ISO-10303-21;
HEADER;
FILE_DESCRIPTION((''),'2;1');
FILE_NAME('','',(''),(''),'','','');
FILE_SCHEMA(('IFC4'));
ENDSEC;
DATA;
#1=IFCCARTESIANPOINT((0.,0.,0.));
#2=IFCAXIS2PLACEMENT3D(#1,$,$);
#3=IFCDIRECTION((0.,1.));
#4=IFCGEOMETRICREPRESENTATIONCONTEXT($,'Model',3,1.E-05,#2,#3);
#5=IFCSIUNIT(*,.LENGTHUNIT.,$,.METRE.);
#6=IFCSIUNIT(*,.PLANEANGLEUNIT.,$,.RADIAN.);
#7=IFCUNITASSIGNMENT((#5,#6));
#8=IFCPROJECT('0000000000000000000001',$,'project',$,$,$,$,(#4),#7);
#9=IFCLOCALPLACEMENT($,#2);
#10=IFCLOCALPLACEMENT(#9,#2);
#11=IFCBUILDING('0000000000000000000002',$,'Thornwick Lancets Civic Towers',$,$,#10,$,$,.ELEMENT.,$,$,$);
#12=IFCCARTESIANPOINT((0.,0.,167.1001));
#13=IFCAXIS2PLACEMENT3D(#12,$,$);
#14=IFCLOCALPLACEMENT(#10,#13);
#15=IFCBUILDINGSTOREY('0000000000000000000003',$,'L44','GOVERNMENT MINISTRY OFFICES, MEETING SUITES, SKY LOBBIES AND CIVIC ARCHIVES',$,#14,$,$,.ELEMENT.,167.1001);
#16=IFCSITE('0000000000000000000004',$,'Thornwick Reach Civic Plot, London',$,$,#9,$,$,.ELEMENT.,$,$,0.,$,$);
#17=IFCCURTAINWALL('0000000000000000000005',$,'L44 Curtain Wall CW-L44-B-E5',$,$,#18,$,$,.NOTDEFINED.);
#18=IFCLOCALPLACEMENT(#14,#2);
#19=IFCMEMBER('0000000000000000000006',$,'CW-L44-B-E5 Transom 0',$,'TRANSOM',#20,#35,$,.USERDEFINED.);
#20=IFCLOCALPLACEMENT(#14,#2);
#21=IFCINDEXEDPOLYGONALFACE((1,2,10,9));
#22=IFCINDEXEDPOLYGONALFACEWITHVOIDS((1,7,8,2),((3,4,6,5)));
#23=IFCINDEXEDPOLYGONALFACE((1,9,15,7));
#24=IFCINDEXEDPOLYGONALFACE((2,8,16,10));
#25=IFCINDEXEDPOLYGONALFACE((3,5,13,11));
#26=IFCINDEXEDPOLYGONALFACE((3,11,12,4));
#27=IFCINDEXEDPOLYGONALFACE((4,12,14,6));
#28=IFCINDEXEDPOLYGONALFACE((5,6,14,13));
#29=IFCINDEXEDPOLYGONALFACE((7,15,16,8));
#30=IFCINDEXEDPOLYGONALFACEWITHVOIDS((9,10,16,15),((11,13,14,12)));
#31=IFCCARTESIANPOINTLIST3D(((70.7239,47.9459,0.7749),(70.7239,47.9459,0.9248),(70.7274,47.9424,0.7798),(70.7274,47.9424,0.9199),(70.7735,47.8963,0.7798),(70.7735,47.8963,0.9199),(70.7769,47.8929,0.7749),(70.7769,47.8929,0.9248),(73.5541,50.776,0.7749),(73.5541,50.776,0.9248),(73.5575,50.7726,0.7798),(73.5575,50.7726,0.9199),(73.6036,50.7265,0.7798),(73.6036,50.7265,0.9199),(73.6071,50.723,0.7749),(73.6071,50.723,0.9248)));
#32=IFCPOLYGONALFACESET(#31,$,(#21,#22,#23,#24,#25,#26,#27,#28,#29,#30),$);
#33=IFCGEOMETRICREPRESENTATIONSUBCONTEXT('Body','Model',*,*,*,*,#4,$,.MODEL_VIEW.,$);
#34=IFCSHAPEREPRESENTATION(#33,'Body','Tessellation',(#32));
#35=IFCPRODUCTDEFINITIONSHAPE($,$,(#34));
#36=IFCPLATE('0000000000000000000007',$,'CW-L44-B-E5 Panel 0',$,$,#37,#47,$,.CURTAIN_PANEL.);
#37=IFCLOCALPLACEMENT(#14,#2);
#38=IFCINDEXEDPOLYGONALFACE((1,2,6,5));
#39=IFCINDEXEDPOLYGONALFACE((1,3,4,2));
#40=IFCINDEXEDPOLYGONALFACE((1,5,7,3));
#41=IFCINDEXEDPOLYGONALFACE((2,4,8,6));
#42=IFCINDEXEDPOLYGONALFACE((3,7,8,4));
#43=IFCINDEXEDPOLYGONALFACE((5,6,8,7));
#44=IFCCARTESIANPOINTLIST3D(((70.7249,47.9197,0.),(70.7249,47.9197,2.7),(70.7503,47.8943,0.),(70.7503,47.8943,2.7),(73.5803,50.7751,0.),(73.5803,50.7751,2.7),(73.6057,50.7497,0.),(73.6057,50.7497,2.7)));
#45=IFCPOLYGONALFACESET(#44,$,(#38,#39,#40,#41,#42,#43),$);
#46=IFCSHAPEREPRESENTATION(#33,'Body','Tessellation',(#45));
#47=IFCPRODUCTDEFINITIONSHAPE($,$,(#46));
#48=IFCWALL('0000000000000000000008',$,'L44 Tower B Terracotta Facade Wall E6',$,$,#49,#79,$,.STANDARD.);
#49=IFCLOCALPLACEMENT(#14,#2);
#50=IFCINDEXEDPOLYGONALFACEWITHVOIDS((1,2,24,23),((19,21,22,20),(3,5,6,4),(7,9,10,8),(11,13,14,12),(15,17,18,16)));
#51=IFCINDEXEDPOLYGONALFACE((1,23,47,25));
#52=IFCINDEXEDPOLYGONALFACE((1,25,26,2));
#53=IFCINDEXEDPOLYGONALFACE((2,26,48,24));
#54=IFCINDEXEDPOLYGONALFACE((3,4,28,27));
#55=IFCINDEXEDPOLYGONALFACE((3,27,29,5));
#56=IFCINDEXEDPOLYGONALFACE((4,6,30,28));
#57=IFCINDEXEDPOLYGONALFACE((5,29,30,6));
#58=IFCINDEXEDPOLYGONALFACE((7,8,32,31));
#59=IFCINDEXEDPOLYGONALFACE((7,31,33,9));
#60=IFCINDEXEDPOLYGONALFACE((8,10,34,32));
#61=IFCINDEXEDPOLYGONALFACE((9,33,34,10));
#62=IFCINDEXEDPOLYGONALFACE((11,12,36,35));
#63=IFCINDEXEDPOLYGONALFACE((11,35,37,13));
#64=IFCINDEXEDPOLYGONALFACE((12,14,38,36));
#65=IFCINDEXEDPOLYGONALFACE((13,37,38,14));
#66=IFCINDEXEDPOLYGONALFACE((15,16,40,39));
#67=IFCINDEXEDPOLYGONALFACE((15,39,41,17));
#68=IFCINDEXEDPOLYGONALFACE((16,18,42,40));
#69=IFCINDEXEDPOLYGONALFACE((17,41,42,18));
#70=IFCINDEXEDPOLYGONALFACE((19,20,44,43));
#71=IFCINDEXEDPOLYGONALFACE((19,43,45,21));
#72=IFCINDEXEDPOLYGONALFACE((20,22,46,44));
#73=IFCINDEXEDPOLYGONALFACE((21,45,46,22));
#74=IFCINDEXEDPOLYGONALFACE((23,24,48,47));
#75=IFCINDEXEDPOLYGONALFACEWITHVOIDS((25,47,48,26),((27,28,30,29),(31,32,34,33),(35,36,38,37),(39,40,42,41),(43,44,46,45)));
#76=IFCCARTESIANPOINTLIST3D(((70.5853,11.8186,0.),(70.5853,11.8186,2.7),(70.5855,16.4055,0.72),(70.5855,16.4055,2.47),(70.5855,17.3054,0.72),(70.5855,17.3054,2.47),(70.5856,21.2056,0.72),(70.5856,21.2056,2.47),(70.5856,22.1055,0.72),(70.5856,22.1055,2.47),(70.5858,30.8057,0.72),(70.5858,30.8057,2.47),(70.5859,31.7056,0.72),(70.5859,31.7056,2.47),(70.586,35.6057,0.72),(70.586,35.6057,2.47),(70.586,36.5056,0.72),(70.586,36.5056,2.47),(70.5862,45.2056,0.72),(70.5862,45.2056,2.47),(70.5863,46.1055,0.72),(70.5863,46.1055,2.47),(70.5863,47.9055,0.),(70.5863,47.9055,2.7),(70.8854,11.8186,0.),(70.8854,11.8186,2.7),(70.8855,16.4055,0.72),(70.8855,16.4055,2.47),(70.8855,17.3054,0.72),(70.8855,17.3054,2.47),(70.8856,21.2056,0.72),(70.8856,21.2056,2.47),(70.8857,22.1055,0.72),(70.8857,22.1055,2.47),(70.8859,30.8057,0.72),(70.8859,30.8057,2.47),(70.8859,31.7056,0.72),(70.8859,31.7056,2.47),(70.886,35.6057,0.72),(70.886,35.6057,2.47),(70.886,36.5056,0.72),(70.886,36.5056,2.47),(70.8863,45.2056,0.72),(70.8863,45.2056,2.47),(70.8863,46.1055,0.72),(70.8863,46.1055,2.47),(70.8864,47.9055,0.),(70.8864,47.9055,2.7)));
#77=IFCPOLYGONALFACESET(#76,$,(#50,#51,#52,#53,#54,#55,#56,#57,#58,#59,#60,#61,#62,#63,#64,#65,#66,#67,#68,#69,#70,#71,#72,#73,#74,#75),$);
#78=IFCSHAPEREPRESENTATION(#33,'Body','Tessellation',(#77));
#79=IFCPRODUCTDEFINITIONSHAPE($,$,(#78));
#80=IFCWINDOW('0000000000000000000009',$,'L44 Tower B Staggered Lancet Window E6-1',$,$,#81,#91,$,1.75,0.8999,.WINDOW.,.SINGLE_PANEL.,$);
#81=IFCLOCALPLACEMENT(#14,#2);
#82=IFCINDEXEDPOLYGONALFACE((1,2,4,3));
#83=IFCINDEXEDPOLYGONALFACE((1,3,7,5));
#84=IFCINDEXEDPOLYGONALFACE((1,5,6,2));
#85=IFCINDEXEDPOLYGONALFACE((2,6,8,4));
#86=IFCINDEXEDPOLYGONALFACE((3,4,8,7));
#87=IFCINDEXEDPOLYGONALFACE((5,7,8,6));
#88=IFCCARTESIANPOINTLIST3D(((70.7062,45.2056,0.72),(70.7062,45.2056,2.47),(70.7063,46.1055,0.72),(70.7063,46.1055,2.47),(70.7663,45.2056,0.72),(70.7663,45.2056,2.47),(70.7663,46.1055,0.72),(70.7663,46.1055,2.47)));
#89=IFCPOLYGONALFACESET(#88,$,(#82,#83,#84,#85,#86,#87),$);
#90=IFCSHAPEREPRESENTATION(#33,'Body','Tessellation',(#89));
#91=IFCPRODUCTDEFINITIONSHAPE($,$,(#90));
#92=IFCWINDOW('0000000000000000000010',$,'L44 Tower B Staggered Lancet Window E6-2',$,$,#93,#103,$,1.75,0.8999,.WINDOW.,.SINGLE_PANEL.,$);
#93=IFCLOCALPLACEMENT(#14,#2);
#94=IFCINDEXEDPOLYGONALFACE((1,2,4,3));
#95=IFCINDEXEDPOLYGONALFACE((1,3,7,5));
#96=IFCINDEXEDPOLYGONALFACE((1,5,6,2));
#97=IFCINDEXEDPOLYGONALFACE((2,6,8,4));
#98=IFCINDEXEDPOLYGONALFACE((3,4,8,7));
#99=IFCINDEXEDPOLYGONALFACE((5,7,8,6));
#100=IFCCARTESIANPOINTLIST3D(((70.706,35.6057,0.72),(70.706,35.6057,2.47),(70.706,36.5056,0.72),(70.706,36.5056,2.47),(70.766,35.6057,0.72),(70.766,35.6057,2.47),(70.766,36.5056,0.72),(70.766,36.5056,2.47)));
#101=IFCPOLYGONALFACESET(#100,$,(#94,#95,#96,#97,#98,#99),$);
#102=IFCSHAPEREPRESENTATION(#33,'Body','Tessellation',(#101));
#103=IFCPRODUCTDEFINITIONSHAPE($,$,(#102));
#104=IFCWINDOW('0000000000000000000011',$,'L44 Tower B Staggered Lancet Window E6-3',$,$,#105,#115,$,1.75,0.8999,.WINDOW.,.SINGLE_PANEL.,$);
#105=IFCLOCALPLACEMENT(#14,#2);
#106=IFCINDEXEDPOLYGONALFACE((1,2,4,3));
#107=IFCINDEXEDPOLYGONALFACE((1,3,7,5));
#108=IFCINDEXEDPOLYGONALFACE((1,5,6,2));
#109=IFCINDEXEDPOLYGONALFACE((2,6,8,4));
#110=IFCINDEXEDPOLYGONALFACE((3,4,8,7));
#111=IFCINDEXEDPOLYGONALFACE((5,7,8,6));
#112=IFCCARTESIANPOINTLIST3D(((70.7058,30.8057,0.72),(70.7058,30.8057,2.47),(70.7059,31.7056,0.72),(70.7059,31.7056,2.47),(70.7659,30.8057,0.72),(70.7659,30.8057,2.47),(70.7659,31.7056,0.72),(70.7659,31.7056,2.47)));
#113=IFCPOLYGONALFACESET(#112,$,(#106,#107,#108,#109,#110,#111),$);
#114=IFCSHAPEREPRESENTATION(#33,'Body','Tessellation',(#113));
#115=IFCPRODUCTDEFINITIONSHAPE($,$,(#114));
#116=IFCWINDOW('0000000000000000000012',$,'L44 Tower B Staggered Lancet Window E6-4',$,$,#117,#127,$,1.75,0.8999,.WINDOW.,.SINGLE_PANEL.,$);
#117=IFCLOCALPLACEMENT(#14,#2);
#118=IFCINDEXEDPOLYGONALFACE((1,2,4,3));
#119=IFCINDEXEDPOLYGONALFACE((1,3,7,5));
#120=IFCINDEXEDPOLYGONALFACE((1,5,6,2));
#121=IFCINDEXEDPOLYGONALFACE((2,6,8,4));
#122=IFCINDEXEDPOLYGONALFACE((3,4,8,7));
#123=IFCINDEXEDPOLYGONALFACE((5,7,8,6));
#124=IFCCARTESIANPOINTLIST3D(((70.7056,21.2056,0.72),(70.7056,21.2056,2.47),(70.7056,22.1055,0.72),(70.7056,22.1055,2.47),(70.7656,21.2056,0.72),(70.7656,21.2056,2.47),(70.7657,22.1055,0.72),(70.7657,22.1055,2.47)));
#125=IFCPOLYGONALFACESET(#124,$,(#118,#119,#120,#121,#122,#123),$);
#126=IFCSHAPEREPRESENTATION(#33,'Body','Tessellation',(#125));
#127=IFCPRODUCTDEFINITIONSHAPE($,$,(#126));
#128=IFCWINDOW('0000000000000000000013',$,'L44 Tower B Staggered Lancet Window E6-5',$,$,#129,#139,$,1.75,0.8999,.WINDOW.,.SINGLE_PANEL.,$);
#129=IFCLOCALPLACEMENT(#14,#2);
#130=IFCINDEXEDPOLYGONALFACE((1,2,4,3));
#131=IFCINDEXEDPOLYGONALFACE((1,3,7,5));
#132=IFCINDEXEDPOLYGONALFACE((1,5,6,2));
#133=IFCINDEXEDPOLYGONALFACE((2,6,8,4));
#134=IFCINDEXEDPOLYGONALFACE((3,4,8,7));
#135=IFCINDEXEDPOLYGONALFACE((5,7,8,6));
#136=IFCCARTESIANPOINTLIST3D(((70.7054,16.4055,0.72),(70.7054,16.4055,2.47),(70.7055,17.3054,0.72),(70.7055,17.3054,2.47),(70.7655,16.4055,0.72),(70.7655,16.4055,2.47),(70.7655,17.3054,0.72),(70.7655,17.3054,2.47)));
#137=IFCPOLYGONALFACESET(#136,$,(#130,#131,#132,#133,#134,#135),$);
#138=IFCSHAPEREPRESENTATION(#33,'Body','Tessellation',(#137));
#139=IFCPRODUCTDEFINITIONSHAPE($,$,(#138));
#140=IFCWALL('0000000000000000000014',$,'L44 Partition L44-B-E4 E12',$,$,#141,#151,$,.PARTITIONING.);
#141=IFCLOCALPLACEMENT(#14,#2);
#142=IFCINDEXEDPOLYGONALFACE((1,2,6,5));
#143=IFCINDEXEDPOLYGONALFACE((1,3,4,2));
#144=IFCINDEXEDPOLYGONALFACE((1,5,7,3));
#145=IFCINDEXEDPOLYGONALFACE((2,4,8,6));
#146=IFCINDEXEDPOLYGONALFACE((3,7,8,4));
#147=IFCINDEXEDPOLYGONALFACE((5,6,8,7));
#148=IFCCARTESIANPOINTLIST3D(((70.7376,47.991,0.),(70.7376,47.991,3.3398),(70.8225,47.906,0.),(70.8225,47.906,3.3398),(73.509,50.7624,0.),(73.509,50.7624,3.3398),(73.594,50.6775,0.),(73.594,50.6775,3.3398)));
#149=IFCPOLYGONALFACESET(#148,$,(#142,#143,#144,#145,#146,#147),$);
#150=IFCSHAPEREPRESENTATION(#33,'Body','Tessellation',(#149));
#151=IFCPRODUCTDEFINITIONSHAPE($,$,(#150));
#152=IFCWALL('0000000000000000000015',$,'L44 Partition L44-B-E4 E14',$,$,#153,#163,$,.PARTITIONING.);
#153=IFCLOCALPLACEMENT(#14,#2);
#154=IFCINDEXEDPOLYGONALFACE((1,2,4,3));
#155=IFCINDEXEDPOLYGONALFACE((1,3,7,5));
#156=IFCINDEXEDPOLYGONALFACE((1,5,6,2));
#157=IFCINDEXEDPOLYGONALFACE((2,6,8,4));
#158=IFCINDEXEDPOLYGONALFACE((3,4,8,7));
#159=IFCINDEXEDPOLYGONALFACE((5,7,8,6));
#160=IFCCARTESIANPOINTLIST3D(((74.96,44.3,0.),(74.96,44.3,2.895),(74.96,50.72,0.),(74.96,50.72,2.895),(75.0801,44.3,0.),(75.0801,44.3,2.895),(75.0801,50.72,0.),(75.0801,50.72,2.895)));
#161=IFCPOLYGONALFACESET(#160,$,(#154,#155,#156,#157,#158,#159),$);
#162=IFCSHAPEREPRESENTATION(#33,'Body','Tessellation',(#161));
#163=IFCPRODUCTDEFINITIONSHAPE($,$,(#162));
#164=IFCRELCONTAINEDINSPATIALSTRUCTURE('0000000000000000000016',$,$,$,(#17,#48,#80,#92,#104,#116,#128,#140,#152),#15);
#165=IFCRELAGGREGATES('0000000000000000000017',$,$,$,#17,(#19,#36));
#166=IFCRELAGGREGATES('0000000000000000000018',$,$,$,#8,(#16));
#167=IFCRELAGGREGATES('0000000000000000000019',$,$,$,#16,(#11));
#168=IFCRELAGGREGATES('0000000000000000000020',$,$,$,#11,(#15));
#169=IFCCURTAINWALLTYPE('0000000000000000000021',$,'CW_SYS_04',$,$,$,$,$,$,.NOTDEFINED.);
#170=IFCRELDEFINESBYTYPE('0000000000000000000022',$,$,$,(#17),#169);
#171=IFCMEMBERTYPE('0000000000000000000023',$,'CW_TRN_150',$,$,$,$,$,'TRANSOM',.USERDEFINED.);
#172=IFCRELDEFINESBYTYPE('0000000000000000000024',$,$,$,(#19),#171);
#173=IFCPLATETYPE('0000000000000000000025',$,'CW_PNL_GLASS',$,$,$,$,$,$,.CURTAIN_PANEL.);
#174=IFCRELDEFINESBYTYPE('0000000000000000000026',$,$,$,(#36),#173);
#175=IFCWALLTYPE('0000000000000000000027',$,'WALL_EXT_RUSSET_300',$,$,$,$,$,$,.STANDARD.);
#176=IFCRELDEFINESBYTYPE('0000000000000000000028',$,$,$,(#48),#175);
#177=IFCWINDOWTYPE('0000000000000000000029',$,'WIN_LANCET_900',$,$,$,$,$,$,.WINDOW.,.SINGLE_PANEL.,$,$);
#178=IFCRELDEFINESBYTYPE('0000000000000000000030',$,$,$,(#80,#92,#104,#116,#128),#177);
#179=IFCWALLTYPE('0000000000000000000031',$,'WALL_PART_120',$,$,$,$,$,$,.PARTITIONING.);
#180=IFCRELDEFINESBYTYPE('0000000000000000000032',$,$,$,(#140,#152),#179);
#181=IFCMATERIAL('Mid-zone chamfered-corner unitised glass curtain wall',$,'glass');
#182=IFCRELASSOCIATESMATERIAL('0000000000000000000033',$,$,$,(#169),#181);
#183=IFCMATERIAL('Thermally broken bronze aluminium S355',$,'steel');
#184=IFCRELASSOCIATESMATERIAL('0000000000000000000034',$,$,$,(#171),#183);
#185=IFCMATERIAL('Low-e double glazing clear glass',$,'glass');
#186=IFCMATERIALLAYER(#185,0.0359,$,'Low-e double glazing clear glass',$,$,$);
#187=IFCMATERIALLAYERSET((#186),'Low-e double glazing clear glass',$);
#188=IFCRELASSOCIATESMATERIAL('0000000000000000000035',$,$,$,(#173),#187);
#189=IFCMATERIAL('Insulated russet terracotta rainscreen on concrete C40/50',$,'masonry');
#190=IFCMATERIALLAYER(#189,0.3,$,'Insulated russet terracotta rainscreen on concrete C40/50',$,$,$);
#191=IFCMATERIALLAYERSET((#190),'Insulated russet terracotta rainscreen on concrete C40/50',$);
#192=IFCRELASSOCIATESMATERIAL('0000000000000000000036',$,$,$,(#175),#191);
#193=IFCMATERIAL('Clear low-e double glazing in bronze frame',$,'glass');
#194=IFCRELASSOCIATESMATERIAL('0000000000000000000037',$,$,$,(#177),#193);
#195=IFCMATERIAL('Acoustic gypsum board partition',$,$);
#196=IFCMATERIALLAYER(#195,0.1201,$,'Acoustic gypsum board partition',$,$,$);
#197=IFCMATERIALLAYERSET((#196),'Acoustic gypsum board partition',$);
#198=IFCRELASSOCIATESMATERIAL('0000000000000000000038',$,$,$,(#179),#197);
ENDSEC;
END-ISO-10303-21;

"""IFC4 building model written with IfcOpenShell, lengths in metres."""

from ifc_helpers import new_model, si_unit, direction, frame, frame_2d, origin, origin_2d, place, context, subcontext, project, spatial, rectangle, hollow_rectangle, extrude, material, layer, layer_set, material_profile, profile_set, type_object, element, fill, aggregate, save


model = new_model("IFC4")

# Units and contexts
model_context = context("Model", 3, precision=1e-05, world=origin(), true_north=direction((0.0, 1.0)))
body_context = subcontext(model_context, "Body", "Model", "MODEL_VIEW")
ifc_project = project(units=[si_unit("LENGTHUNIT", "METRE"), si_unit("PLANEANGLEUNIT", "RADIAN")], contexts=[model_context])

# Site, building, storey
site_placement = place(None, origin())
site = spatial("IfcSite", under=ifc_project, at=site_placement, Name="Thornwick Reach Civic Plot, London", CompositionType="ELEMENT", RefElevation=0.0)
building_placement = place(site_placement, origin())
building = spatial("IfcBuilding", under=site, at=building_placement, Name="Thornwick Lancets Civic Towers", CompositionType="ELEMENT")
storey_placement = place(building_placement, frame((0.0, 0.0, 167.1001)))
storey = spatial("IfcBuildingStorey", under=building, at=storey_placement, Name="L44", Description="GOVERNMENT MINISTRY OFFICES, MEETING SUITES, SKY LOBBIES AND CIVIC ARCHIVES", CompositionType="ELEMENT", Elevation=167.1001)

# Curtain wall, member, plate
ifc_material_1 = material(Name="Mid-zone chamfered-corner unitised glass curtain wall", Category="glass")
curtain_wall_type = type_object("IfcCurtainWallType", Name="CW_SYS_04", PredefinedType="NOTDEFINED", material=ifc_material_1)
curtain_wall_placement = place(storey_placement, origin())
curtain_wall = element("IfcCurtainWall", 1, at=curtain_wall_placement, inside=storey, type_object=curtain_wall_type, Name="L44 Curtain Wall CW-L44-B-E5", PredefinedType="NOTDEFINED")
ifc_material_2 = material(Name="Thermally broken bronze aluminium S355", Category="steel")
ifc_material_profile_1 = material_profile(ifc_material_2, hollow_rectangle(XDim=0.075, YDim=0.1499, WallThickness=0.0049, at=origin_2d()), Name="RHS 150x75x5")
ifc_profile_set_1 = profile_set([ifc_material_profile_1], Name="Thermally broken bronze aluminium S355")
member_type_1 = type_object("IfcMemberType", Name="CW_TRN_150", ElementType="TRANSOM", PredefinedType="USERDEFINED", material=ifc_profile_set_1)
member_1_placement = place(storey_placement, frame((73.5806, 50.7495, 0.8499), z_axis=(-0.707107, -0.707107, 0.0), x_axis=(0.707107, -0.707107, 0.0)))
member_1 = element("IfcMember", 2, at=member_1_placement, type_object=member_type_1, Name="CW-L44-B-E5 Transom 0", ObjectType="TRANSOM", PredefinedType="USERDEFINED", context=body_context, shape_type="SweptSolid", body=[
    extrude(hollow_rectangle(XDim=0.075, YDim=0.1499, WallThickness=0.0049, at=origin_2d()), origin(), (0.0, 0.0, 1.0), 4.0024),
])
ifc_material_3 = material(Name="Low-e double glazing clear glass", Category="glass")
ifc_layer_1 = layer(ifc_material_3, 0.0359, Name="Low-e double glazing clear glass")
ifc_layer_set_1 = layer_set([ifc_layer_1], Name="Low-e double glazing clear glass")
plate_type = type_object("IfcPlateType", Name="CW_PNL_GLASS", PredefinedType="CURTAIN_PANEL", material=ifc_layer_set_1)
plate_placement = place(storey_placement, frame((72.1653, 49.3347, 0.0), z_axis=(0.0, 0.0, 1.0), x_axis=(-0.707107, -0.707107, 0.0)))
plate = element("IfcPlate", 3, at=plate_placement, type_object=plate_type, Name="CW-L44-B-E5 Panel 0", PredefinedType="CURTAIN_PANEL", context=body_context, shape_type="SweptSolid", body=[
    extrude(rectangle(XDim=4.0381, YDim=0.0359, at=origin_2d()), origin(), (0.0, 0.0, 1.0), 2.7),
])
aggregate(curtain_wall, [member_1, plate])

# Wall, openings, windows
ifc_material_4 = material(Name="Insulated russet terracotta rainscreen on concrete C40/50", Category="masonry")
ifc_layer_2 = layer(ifc_material_4, 0.3, Name="Insulated russet terracotta rainscreen on concrete C40/50")
ifc_layer_set_2 = layer_set([ifc_layer_2], Name="Insulated russet terracotta rainscreen on concrete C40/50")
wall_type_1 = type_object("IfcWallType", Name="WALL_EXT_RUSSET_300", PredefinedType="STANDARD", material=ifc_layer_set_2)
wall_1_placement = place(storey_placement, frame((70.7363, 47.9055, 0.0), z_axis=(0.0, 0.0, 1.0), x_axis=(-0.000027, -1.0, 0.0)))
wall_1 = element("IfcWall", 4, at=wall_1_placement, inside=storey, type_object=wall_type_1, Name="L44 Tower B Terracotta Facade Wall E6", PredefinedType="STANDARD", context=body_context, shape_type="SweptSolid", body=[
    extrude(rectangle(XDim=36.0869, YDim=0.3, at=frame_2d((18.0435, 0.0))), origin(), (0.0, 0.0, 1.0), 2.7),
])
opening_1_placement = place(wall_1_placement, frame((1.8, 0.0, 0.72)))
opening_1 = element("IfcOpeningElement", 5, at=opening_1_placement, cuts=wall_1, PredefinedType="OPENING", context=body_context, shape_type="SweptSolid", body=[
    extrude(rectangle(XDim=0.8999, YDim=1.75, at=frame_2d((0.45, 0.875))), frame((0.0, 0.1602, 0.0), z_axis=(0.0, -1.0, 0.0), x_axis=(1.0, 0.0, 0.0)), (0.0, 0.0, 1.0), 0.3201),
])
opening_2_placement = place(wall_1_placement, frame((11.3999, 0.0, 0.72)))
opening_2 = element("IfcOpeningElement", 6, at=opening_2_placement, cuts=wall_1, PredefinedType="OPENING", context=body_context, shape_type="SweptSolid", body=[
    extrude(rectangle(XDim=0.8999, YDim=1.75, at=frame_2d((0.45, 0.875))), frame((0.0, 0.1602, 0.0), z_axis=(0.0, -1.0, 0.0), x_axis=(1.0, 0.0, 0.0)), (0.0, 0.0, 1.0), 0.3201),
])
opening_3_placement = place(wall_1_placement, frame((16.2, 0.0, 0.72)))
opening_3 = element("IfcOpeningElement", 7, at=opening_3_placement, cuts=wall_1, PredefinedType="OPENING", context=body_context, shape_type="SweptSolid", body=[
    extrude(rectangle(XDim=0.8999, YDim=1.75, at=frame_2d((0.45, 0.875))), frame((0.0, 0.1602, 0.0), z_axis=(0.0, -1.0, 0.0), x_axis=(1.0, 0.0, 0.0)), (0.0, 0.0, 1.0), 0.3201),
])
opening_4_placement = place(wall_1_placement, frame((25.8, 0.0, 0.72)))
opening_4 = element("IfcOpeningElement", 8, at=opening_4_placement, cuts=wall_1, PredefinedType="OPENING", context=body_context, shape_type="SweptSolid", body=[
    extrude(rectangle(XDim=0.8999, YDim=1.75, at=frame_2d((0.45, 0.875))), frame((0.0, 0.1602, 0.0), z_axis=(0.0, -1.0, 0.0), x_axis=(1.0, 0.0, 0.0)), (0.0, 0.0, 1.0), 0.3201),
])
opening_5_placement = place(wall_1_placement, frame((30.6001, 0.0, 0.72)))
opening_5 = element("IfcOpeningElement", 9, at=opening_5_placement, cuts=wall_1, PredefinedType="OPENING", context=body_context, shape_type="SweptSolid", body=[
    extrude(rectangle(XDim=0.8999, YDim=1.75, at=frame_2d((0.45, 0.875))), frame((0.0, 0.1602, 0.0), z_axis=(0.0, -1.0, 0.0), x_axis=(1.0, 0.0, 0.0)), (0.0, 0.0, 1.0), 0.3201),
])
ifc_material_5 = material(Name="Clear low-e double glazing in bronze frame", Category="glass")
window_type = type_object("IfcWindowType", Name="WIN_LANCET_900", PartitioningType="SINGLE_PANEL", PredefinedType="WINDOW", material=ifc_material_5)
window_1_placement = place(opening_1_placement, origin())
window_1 = element("IfcWindow", 10, at=window_1_placement, inside=storey, type_object=window_type, Name="L44 Tower B Staggered Lancet Window E6-1", OverallHeight=1.75, OverallWidth=0.8999, PartitioningType="SINGLE_PANEL", PredefinedType="WINDOW", context=body_context, shape_type="SweptSolid", body=[
    extrude(rectangle(XDim=0.8999, YDim=1.75, at=frame_2d((0.45, 0.875))), frame((0.0, 0.03, 0.0), z_axis=(0.0, -1.0, 0.0), x_axis=(1.0, 0.0, 0.0)), (0.0, 0.0, 1.0), 0.0601),
])
fill(opening_1, window_1)
window_2_placement = place(opening_2_placement, origin())
window_2 = element("IfcWindow", 11, at=window_2_placement, inside=storey, type_object=window_type, Name="L44 Tower B Staggered Lancet Window E6-2", OverallHeight=1.75, OverallWidth=0.8999, PartitioningType="SINGLE_PANEL", PredefinedType="WINDOW", context=body_context, shape_type="SweptSolid", body=[
    extrude(rectangle(XDim=0.8999, YDim=1.75, at=frame_2d((0.45, 0.875))), frame((0.0, 0.03, 0.0), z_axis=(0.0, -1.0, 0.0), x_axis=(1.0, 0.0, 0.0)), (0.0, 0.0, 1.0), 0.0601),
])
fill(opening_2, window_2)
window_3_placement = place(opening_3_placement, origin())
window_3 = element("IfcWindow", 12, at=window_3_placement, inside=storey, type_object=window_type, Name="L44 Tower B Staggered Lancet Window E6-3", OverallHeight=1.75, OverallWidth=0.8999, PartitioningType="SINGLE_PANEL", PredefinedType="WINDOW", context=body_context, shape_type="SweptSolid", body=[
    extrude(rectangle(XDim=0.8999, YDim=1.75, at=frame_2d((0.45, 0.875))), frame((0.0, 0.03, 0.0), z_axis=(0.0, -1.0, 0.0), x_axis=(1.0, 0.0, 0.0)), (0.0, 0.0, 1.0), 0.0601),
])
fill(opening_3, window_3)
window_4_placement = place(opening_4_placement, origin())
window_4 = element("IfcWindow", 13, at=window_4_placement, inside=storey, type_object=window_type, Name="L44 Tower B Staggered Lancet Window E6-4", OverallHeight=1.75, OverallWidth=0.8999, PartitioningType="SINGLE_PANEL", PredefinedType="WINDOW", context=body_context, shape_type="SweptSolid", body=[
    extrude(rectangle(XDim=0.8999, YDim=1.75, at=frame_2d((0.45, 0.875))), frame((0.0, 0.03, 0.0), z_axis=(0.0, -1.0, 0.0), x_axis=(1.0, 0.0, 0.0)), (0.0, 0.0, 1.0), 0.0601),
])
fill(opening_4, window_4)
window_5_placement = place(opening_5_placement, origin())
window_5 = element("IfcWindow", 14, at=window_5_placement, inside=storey, type_object=window_type, Name="L44 Tower B Staggered Lancet Window E6-5", OverallHeight=1.75, OverallWidth=0.8999, PartitioningType="SINGLE_PANEL", PredefinedType="WINDOW", context=body_context, shape_type="SweptSolid", body=[
    extrude(rectangle(XDim=0.8999, YDim=1.75, at=frame_2d((0.45, 0.875))), frame((0.0, 0.03, 0.0), z_axis=(0.0, -1.0, 0.0), x_axis=(1.0, 0.0, 0.0)), (0.0, 0.0, 1.0), 0.0601),
])
fill(opening_5, window_5)

# Walls
ifc_material_6 = material(Name="Acoustic gypsum board partition")
ifc_layer_3 = layer(ifc_material_6, 0.1201, Name="Acoustic gypsum board partition")
ifc_layer_set_3 = layer_set([ifc_layer_3], Name="Acoustic gypsum board partition")
wall_type_2 = type_object("IfcWallType", Name="WALL_PART_120", PredefinedType="PARTITIONING", material=ifc_layer_set_3)
wall_2_placement = place(storey_placement, frame((70.78, 47.9485, 0.0), z_axis=(0.0, 0.0, 1.0), x_axis=(0.707107, 0.707107, 0.0)))
element("IfcWall", 15, at=wall_2_placement, inside=storey, type_object=wall_type_2, Name="L44 Partition L44-B-E4 E12", PredefinedType="PARTITIONING", context=body_context, shape_type="SweptSolid", body=[
    extrude(rectangle(XDim=3.9194, YDim=0.1201, at=frame_2d((1.9597, 0.0))), origin(), (0.0, 0.0, 1.0), 3.3398),
])
wall_3_placement = place(storey_placement, frame((75.02, 50.72, 0.0), z_axis=(0.0, 0.0, 1.0), x_axis=(0.0, -1.0, 0.0)))
element("IfcWall", 16, at=wall_3_placement, inside=storey, type_object=wall_type_2, Name="L44 Partition L44-B-E4 E14", PredefinedType="PARTITIONING", context=body_context, shape_type="SweptSolid", body=[
    extrude(rectangle(XDim=6.4199, YDim=0.1201, at=frame_2d((3.21, 0.0))), origin(), (0.0, 0.0, 1.0), 2.895),
])

save(model, "model.ifc")
